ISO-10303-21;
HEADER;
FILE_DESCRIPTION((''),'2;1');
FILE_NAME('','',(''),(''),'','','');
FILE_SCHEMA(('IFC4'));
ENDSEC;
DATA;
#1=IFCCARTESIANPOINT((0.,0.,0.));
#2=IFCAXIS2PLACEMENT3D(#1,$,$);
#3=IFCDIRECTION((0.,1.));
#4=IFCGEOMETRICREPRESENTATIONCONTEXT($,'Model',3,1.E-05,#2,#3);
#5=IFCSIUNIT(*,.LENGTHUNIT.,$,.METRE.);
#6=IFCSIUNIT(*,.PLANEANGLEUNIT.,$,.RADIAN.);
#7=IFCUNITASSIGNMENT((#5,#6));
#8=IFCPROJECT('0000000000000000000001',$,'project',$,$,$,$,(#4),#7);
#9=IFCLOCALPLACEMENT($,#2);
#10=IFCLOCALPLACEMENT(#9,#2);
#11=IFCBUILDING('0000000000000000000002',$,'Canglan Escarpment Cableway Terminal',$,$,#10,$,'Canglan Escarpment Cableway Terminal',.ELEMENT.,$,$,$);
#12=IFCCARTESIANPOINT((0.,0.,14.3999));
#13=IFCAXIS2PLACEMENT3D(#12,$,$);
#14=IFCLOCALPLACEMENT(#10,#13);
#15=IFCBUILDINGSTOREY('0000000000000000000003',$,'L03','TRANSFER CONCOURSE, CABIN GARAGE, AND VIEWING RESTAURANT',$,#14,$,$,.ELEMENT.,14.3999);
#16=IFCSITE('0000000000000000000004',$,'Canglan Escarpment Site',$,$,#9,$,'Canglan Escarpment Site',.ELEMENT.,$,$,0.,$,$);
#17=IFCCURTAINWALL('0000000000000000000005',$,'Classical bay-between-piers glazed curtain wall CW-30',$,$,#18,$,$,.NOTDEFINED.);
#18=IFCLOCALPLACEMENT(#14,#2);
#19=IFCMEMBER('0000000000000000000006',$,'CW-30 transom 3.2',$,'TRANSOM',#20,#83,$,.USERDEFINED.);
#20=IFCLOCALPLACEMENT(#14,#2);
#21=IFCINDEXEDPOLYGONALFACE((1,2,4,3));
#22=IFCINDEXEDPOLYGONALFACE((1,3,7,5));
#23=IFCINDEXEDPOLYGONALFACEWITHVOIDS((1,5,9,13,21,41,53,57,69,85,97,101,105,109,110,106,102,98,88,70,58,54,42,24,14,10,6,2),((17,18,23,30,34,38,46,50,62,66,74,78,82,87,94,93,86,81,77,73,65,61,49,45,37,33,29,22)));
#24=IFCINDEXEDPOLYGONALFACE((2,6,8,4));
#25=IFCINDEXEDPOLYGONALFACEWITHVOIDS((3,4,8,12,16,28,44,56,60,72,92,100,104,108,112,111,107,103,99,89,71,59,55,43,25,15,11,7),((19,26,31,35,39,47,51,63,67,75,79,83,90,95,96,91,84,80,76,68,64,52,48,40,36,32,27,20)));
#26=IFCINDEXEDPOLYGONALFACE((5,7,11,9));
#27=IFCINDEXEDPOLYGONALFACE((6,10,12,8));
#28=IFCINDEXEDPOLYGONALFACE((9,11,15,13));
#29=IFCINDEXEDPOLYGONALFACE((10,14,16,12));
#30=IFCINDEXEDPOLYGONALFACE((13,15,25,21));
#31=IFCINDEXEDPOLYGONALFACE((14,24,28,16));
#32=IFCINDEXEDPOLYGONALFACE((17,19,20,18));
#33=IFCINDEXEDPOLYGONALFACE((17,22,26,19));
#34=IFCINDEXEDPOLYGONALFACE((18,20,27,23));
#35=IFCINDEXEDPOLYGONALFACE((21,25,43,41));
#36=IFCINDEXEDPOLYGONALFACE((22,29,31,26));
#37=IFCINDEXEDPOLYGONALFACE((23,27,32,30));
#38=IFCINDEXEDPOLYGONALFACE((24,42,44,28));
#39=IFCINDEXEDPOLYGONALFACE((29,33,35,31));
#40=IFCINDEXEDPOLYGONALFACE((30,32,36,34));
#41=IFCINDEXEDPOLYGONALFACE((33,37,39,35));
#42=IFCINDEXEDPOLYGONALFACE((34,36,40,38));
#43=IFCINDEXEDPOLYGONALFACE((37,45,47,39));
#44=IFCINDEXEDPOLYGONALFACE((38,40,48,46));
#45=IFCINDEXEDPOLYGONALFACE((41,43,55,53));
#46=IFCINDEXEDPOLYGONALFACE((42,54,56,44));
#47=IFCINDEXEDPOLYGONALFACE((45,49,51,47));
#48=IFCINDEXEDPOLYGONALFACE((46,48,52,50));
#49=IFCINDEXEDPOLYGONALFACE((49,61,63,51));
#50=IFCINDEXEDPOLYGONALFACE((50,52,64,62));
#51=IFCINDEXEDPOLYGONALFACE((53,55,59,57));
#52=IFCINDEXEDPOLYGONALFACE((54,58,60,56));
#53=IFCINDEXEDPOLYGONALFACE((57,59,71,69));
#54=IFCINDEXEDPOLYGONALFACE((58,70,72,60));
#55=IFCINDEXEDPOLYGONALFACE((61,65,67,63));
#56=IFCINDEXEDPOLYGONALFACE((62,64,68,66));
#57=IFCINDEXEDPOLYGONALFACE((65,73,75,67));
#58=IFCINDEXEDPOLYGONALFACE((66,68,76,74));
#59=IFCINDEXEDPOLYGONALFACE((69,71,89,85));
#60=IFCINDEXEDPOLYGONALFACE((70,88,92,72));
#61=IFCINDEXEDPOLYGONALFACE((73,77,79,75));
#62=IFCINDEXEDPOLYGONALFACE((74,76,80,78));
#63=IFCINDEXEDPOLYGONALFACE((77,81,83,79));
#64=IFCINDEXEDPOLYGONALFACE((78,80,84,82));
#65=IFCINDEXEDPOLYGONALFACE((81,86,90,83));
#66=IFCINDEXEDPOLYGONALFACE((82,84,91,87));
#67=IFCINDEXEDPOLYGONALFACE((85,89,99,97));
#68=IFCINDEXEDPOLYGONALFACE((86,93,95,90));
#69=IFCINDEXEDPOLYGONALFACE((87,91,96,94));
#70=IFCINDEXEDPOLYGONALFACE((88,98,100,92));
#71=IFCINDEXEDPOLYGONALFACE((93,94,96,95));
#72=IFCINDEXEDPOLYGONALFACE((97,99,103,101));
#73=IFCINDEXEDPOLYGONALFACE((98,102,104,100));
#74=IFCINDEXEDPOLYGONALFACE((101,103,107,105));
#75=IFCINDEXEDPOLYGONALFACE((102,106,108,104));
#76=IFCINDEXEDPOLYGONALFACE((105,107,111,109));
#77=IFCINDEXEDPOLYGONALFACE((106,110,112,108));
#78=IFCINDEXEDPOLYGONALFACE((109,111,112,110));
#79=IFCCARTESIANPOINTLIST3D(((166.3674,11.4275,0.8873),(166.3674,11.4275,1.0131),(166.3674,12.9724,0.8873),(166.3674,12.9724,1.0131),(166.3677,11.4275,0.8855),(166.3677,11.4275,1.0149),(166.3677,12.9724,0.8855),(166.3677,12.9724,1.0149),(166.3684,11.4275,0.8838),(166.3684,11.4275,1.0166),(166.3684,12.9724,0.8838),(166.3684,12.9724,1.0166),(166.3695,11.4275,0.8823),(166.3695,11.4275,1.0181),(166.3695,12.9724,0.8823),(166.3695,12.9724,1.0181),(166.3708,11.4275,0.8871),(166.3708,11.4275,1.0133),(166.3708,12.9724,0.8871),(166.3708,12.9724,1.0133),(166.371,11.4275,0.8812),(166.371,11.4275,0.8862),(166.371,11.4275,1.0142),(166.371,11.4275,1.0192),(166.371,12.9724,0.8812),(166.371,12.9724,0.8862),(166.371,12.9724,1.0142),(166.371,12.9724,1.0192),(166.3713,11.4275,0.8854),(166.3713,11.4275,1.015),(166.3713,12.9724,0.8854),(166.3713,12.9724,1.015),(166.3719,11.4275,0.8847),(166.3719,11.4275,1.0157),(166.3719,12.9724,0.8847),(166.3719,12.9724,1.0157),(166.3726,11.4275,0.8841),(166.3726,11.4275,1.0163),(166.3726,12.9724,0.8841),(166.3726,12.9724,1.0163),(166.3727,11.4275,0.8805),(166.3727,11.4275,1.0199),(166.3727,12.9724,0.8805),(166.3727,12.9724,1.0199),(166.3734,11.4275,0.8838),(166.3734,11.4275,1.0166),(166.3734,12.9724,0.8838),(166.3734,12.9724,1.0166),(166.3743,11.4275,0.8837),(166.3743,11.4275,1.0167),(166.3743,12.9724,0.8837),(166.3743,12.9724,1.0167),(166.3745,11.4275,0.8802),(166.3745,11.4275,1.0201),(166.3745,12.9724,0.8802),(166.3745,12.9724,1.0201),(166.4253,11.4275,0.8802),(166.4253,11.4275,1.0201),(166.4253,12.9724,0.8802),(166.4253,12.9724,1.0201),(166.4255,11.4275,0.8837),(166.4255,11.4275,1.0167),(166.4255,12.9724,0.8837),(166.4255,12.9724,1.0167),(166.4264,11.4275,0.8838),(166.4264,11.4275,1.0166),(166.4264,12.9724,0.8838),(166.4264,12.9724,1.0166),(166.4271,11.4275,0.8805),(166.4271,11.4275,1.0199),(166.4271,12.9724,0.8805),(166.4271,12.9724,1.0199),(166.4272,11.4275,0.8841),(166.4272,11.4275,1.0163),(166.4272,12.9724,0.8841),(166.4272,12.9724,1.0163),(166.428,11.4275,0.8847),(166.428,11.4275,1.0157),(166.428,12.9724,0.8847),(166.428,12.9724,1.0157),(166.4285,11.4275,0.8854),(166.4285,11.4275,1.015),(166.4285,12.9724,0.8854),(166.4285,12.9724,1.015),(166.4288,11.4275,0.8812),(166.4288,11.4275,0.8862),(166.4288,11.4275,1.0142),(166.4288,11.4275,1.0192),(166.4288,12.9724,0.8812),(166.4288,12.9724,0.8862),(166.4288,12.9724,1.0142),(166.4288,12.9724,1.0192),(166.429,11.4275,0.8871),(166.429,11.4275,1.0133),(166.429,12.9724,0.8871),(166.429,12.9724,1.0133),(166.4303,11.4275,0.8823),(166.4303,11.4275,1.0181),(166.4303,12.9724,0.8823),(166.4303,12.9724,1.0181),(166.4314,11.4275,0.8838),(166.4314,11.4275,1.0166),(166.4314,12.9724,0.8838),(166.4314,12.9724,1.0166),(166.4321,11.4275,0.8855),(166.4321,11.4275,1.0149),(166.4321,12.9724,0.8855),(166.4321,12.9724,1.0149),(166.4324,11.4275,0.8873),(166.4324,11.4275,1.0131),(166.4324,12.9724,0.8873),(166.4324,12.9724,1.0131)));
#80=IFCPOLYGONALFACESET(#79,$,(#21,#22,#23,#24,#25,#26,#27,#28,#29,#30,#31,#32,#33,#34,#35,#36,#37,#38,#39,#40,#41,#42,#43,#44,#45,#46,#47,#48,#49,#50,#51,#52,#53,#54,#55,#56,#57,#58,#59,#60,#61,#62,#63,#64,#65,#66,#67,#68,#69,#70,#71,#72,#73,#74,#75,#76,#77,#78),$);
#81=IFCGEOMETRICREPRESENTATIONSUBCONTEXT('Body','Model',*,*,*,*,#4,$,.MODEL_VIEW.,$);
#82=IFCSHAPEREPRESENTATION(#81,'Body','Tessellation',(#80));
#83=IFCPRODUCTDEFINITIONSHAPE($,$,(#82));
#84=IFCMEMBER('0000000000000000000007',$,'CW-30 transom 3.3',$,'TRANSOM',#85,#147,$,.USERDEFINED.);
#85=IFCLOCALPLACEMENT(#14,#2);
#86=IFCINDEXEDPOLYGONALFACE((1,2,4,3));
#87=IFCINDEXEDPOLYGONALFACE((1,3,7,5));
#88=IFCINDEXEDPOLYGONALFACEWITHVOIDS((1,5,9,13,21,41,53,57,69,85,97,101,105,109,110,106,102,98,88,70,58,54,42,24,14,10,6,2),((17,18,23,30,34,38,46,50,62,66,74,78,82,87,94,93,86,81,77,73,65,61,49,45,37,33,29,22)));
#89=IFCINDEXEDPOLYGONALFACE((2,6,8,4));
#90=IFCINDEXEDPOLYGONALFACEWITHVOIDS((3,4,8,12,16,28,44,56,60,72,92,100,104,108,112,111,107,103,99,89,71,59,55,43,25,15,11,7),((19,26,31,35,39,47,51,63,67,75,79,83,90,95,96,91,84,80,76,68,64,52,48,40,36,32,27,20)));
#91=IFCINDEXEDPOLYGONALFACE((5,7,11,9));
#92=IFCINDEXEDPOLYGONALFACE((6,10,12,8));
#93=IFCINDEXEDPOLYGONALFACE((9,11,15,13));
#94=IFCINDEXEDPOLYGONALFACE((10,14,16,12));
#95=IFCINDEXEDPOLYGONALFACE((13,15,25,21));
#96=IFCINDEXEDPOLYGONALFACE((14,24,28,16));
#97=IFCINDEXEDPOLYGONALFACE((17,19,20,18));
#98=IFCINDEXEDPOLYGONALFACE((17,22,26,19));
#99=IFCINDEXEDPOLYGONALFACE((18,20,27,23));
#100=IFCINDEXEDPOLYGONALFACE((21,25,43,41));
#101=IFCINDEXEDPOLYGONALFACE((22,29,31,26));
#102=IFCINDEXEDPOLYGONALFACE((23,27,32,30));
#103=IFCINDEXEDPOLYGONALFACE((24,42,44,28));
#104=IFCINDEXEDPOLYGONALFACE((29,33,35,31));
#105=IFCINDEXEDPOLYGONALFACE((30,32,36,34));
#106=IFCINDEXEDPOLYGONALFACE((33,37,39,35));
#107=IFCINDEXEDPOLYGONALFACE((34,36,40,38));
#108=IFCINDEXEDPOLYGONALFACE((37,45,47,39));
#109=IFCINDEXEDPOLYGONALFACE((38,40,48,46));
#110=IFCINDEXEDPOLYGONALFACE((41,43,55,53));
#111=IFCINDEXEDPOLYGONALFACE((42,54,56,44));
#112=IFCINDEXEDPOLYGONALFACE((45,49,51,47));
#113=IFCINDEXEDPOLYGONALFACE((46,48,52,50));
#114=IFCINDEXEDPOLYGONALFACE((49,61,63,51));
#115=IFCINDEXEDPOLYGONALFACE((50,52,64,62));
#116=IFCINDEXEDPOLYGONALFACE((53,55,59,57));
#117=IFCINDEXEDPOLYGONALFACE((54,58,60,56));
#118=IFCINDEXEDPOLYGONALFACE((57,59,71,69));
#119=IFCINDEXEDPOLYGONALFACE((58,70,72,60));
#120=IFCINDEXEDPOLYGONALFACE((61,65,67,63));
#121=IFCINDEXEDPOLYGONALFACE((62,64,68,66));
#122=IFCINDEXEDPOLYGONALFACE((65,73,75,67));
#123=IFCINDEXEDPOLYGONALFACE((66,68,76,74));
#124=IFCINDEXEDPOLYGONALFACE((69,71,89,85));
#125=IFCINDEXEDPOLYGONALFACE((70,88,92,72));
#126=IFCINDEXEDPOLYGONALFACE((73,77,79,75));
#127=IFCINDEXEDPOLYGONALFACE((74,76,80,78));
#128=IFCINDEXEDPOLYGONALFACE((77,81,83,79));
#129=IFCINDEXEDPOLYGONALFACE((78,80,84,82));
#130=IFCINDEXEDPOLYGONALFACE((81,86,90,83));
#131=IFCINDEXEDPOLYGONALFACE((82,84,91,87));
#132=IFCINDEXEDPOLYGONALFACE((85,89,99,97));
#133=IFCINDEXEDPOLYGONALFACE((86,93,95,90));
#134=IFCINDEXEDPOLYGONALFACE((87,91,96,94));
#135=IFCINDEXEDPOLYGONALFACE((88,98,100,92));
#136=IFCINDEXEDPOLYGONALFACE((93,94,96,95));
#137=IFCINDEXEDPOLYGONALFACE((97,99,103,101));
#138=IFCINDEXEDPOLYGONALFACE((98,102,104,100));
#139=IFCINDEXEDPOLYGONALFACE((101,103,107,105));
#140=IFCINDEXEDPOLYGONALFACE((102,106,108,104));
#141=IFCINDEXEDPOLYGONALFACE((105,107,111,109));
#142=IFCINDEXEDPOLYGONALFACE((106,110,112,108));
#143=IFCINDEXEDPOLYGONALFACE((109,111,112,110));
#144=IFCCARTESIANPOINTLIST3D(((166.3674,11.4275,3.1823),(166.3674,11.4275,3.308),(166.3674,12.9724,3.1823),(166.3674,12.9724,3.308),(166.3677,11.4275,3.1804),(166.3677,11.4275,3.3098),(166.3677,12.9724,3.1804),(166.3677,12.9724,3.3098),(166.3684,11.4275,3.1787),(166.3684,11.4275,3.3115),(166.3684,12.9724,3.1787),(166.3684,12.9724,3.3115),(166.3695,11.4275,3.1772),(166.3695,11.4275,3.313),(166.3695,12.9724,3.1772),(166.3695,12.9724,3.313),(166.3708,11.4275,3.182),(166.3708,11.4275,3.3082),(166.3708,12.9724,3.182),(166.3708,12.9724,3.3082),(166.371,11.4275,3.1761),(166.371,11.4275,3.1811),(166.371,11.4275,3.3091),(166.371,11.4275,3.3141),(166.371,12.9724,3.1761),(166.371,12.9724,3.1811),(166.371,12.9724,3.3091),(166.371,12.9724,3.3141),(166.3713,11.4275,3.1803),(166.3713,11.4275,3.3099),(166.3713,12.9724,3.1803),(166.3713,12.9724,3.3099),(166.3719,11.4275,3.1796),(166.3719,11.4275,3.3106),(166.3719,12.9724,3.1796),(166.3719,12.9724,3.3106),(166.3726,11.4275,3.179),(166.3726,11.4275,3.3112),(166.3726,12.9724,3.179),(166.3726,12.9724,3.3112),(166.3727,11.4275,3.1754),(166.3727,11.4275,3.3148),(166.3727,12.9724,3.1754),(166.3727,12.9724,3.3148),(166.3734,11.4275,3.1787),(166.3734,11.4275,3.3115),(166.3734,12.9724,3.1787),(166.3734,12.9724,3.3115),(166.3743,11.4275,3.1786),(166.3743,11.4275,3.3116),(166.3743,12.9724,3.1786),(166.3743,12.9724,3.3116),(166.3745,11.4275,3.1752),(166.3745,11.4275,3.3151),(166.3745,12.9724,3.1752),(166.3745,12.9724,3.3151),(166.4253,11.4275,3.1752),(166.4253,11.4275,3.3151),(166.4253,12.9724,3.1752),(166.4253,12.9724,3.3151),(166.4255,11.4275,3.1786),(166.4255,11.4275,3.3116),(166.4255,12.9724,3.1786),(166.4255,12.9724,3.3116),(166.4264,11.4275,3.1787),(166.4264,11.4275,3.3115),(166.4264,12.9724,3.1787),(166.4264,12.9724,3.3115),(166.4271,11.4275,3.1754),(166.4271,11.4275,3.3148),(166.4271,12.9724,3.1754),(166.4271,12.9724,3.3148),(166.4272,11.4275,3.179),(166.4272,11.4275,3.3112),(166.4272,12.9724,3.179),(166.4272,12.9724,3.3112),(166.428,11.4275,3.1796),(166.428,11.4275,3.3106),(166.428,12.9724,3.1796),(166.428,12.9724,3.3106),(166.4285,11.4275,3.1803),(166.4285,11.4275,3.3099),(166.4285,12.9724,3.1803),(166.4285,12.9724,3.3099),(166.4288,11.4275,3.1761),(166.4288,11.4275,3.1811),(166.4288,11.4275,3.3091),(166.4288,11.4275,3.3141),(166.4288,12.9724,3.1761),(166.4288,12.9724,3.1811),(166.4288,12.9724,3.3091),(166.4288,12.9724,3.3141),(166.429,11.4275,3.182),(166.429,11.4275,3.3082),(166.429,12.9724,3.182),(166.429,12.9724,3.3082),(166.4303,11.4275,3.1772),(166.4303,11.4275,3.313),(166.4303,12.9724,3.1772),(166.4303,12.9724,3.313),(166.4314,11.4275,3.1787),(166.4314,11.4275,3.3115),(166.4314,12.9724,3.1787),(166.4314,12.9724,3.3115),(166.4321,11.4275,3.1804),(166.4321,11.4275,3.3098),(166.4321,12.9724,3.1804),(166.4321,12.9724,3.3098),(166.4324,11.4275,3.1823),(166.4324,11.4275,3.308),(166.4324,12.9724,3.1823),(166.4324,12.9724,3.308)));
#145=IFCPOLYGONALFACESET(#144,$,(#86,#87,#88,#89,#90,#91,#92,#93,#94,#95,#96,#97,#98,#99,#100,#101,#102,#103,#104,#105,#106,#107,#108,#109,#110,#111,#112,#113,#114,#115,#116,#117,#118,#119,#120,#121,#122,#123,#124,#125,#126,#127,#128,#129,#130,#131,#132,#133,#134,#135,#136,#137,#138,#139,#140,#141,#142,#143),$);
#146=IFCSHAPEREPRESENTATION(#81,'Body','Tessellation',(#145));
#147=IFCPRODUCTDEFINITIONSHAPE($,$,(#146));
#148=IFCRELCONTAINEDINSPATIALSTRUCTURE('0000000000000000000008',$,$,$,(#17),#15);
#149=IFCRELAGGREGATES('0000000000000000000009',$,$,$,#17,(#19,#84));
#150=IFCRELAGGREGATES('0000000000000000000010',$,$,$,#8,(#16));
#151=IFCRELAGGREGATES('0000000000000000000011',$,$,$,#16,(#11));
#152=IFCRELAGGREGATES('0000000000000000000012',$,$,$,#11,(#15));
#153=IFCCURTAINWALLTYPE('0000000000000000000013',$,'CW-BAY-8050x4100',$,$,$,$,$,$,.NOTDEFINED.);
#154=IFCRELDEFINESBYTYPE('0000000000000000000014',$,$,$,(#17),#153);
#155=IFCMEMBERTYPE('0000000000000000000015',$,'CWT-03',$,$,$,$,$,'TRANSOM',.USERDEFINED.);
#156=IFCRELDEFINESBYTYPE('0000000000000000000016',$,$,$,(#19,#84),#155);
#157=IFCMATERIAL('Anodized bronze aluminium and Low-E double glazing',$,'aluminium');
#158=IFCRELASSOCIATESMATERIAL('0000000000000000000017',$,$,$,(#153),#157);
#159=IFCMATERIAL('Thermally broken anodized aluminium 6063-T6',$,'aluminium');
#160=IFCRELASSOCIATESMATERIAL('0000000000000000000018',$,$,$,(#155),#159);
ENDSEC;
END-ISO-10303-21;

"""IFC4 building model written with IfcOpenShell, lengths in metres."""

from ifc_helpers import new_model, si_unit, direction, frame, origin, origin_2d, place, context, subcontext, project, spatial, hollow_rectangle, extrude, material, material_profile, profile_set, type_object, element, aggregate, save


model = new_model("IFC4")

# Units and contexts
model_context = context("Model", 3, precision=1e-05, world=origin(), true_north=direction((0.0, 1.0)))
body_context = subcontext(model_context, "Body", "Model", "MODEL_VIEW")
ifc_project = project(units=[si_unit("LENGTHUNIT", "METRE"), si_unit("PLANEANGLEUNIT", "RADIAN")], contexts=[model_context])

# Site, building, storey
site_placement = place(None, origin())
site = spatial("IfcSite", under=ifc_project, at=site_placement, Name="Canglan Escarpment Site", LongName="Canglan Escarpment Site", CompositionType="ELEMENT", RefElevation=0.0)
building_placement = place(site_placement, origin())
building = spatial("IfcBuilding", under=site, at=building_placement, Name="Canglan Escarpment Cableway Terminal", LongName="Canglan Escarpment Cableway Terminal", CompositionType="ELEMENT")
storey_placement = place(building_placement, frame((0.0, 0.0, 14.3999)))
storey = spatial("IfcBuildingStorey", under=building, at=storey_placement, Name="L03", Description="TRANSFER CONCOURSE, CABIN GARAGE, AND VIEWING RESTAURANT", CompositionType="ELEMENT", Elevation=14.3999)

# Shared definitions
ifc_material_1 = material(Name="Anodized bronze aluminium and Low-E double glazing", Category="aluminium")
ifc_material_2 = material(Name="Thermally broken anodized aluminium 6063-T6", Category="aluminium")

# Curtain wall, members
curtain_wall_type_1 = type_object("IfcCurtainWallType", Name="CW-BAY-8050x4100", PredefinedType="NOTDEFINED", material=ifc_material_1)
curtain_wall_1_placement = place(storey_placement, origin())
curtain_wall_1 = element("IfcCurtainWall", 1, at=curtain_wall_1_placement, inside=storey, type_object=curtain_wall_type_1, Name="Classical bay-between-piers glazed curtain wall CW-30", PredefinedType="NOTDEFINED")
ifc_material_profile_1 = material_profile(ifc_material_2, hollow_rectangle(XDim=0.0649, YDim=0.1399, WallThickness=0.0034, InnerFilletRadius=0.0034, OuterFilletRadius=0.0071, at=origin_2d()), Name="ALU-TRAN 65x140x3.5")
ifc_profile_set_1 = profile_set([ifc_material_profile_1], Name="Thermally broken anodized aluminium 6063-T6")
member_type_1 = type_object("IfcMemberType", Name="CWT-03", ElementType="TRANSOM", PredefinedType="USERDEFINED", material=ifc_profile_set_1)
member_1_placement = place(storey_placement, frame((166.3999, 11.4275, 0.9502), z_axis=(0.0, 1.0, 0.0), x_axis=(-1.0, 0.0, 0.0)))
member_1 = element("IfcMember", 2, at=member_1_placement, type_object=member_type_1, Name="CW-30 transom 3.2", ObjectType="TRANSOM", PredefinedType="USERDEFINED", context=body_context, shape_type="SweptSolid", body=[
    extrude(hollow_rectangle(XDim=0.0649, YDim=0.1399, WallThickness=0.0034, InnerFilletRadius=0.0034, OuterFilletRadius=0.0071, at=origin_2d()), origin(), (0.0, 0.0, 1.0), 1.5449),
])
member_2_placement = place(storey_placement, frame((166.3999, 11.4275, 3.2451), z_axis=(0.0, 1.0, 0.0), x_axis=(-1.0, 0.0, 0.0)))
member_2 = element("IfcMember", 3, at=member_2_placement, type_object=member_type_1, Name="CW-30 transom 3.3", ObjectType="TRANSOM", PredefinedType="USERDEFINED", context=body_context, shape_type="SweptSolid", body=[
    extrude(hollow_rectangle(XDim=0.0649, YDim=0.1399, WallThickness=0.0034, InnerFilletRadius=0.0034, OuterFilletRadius=0.0071, at=origin_2d()), origin(), (0.0, 0.0, 1.0), 1.5449),
])
aggregate(curtain_wall_1, [member_1, member_2])

save(model, "model.ifc")
